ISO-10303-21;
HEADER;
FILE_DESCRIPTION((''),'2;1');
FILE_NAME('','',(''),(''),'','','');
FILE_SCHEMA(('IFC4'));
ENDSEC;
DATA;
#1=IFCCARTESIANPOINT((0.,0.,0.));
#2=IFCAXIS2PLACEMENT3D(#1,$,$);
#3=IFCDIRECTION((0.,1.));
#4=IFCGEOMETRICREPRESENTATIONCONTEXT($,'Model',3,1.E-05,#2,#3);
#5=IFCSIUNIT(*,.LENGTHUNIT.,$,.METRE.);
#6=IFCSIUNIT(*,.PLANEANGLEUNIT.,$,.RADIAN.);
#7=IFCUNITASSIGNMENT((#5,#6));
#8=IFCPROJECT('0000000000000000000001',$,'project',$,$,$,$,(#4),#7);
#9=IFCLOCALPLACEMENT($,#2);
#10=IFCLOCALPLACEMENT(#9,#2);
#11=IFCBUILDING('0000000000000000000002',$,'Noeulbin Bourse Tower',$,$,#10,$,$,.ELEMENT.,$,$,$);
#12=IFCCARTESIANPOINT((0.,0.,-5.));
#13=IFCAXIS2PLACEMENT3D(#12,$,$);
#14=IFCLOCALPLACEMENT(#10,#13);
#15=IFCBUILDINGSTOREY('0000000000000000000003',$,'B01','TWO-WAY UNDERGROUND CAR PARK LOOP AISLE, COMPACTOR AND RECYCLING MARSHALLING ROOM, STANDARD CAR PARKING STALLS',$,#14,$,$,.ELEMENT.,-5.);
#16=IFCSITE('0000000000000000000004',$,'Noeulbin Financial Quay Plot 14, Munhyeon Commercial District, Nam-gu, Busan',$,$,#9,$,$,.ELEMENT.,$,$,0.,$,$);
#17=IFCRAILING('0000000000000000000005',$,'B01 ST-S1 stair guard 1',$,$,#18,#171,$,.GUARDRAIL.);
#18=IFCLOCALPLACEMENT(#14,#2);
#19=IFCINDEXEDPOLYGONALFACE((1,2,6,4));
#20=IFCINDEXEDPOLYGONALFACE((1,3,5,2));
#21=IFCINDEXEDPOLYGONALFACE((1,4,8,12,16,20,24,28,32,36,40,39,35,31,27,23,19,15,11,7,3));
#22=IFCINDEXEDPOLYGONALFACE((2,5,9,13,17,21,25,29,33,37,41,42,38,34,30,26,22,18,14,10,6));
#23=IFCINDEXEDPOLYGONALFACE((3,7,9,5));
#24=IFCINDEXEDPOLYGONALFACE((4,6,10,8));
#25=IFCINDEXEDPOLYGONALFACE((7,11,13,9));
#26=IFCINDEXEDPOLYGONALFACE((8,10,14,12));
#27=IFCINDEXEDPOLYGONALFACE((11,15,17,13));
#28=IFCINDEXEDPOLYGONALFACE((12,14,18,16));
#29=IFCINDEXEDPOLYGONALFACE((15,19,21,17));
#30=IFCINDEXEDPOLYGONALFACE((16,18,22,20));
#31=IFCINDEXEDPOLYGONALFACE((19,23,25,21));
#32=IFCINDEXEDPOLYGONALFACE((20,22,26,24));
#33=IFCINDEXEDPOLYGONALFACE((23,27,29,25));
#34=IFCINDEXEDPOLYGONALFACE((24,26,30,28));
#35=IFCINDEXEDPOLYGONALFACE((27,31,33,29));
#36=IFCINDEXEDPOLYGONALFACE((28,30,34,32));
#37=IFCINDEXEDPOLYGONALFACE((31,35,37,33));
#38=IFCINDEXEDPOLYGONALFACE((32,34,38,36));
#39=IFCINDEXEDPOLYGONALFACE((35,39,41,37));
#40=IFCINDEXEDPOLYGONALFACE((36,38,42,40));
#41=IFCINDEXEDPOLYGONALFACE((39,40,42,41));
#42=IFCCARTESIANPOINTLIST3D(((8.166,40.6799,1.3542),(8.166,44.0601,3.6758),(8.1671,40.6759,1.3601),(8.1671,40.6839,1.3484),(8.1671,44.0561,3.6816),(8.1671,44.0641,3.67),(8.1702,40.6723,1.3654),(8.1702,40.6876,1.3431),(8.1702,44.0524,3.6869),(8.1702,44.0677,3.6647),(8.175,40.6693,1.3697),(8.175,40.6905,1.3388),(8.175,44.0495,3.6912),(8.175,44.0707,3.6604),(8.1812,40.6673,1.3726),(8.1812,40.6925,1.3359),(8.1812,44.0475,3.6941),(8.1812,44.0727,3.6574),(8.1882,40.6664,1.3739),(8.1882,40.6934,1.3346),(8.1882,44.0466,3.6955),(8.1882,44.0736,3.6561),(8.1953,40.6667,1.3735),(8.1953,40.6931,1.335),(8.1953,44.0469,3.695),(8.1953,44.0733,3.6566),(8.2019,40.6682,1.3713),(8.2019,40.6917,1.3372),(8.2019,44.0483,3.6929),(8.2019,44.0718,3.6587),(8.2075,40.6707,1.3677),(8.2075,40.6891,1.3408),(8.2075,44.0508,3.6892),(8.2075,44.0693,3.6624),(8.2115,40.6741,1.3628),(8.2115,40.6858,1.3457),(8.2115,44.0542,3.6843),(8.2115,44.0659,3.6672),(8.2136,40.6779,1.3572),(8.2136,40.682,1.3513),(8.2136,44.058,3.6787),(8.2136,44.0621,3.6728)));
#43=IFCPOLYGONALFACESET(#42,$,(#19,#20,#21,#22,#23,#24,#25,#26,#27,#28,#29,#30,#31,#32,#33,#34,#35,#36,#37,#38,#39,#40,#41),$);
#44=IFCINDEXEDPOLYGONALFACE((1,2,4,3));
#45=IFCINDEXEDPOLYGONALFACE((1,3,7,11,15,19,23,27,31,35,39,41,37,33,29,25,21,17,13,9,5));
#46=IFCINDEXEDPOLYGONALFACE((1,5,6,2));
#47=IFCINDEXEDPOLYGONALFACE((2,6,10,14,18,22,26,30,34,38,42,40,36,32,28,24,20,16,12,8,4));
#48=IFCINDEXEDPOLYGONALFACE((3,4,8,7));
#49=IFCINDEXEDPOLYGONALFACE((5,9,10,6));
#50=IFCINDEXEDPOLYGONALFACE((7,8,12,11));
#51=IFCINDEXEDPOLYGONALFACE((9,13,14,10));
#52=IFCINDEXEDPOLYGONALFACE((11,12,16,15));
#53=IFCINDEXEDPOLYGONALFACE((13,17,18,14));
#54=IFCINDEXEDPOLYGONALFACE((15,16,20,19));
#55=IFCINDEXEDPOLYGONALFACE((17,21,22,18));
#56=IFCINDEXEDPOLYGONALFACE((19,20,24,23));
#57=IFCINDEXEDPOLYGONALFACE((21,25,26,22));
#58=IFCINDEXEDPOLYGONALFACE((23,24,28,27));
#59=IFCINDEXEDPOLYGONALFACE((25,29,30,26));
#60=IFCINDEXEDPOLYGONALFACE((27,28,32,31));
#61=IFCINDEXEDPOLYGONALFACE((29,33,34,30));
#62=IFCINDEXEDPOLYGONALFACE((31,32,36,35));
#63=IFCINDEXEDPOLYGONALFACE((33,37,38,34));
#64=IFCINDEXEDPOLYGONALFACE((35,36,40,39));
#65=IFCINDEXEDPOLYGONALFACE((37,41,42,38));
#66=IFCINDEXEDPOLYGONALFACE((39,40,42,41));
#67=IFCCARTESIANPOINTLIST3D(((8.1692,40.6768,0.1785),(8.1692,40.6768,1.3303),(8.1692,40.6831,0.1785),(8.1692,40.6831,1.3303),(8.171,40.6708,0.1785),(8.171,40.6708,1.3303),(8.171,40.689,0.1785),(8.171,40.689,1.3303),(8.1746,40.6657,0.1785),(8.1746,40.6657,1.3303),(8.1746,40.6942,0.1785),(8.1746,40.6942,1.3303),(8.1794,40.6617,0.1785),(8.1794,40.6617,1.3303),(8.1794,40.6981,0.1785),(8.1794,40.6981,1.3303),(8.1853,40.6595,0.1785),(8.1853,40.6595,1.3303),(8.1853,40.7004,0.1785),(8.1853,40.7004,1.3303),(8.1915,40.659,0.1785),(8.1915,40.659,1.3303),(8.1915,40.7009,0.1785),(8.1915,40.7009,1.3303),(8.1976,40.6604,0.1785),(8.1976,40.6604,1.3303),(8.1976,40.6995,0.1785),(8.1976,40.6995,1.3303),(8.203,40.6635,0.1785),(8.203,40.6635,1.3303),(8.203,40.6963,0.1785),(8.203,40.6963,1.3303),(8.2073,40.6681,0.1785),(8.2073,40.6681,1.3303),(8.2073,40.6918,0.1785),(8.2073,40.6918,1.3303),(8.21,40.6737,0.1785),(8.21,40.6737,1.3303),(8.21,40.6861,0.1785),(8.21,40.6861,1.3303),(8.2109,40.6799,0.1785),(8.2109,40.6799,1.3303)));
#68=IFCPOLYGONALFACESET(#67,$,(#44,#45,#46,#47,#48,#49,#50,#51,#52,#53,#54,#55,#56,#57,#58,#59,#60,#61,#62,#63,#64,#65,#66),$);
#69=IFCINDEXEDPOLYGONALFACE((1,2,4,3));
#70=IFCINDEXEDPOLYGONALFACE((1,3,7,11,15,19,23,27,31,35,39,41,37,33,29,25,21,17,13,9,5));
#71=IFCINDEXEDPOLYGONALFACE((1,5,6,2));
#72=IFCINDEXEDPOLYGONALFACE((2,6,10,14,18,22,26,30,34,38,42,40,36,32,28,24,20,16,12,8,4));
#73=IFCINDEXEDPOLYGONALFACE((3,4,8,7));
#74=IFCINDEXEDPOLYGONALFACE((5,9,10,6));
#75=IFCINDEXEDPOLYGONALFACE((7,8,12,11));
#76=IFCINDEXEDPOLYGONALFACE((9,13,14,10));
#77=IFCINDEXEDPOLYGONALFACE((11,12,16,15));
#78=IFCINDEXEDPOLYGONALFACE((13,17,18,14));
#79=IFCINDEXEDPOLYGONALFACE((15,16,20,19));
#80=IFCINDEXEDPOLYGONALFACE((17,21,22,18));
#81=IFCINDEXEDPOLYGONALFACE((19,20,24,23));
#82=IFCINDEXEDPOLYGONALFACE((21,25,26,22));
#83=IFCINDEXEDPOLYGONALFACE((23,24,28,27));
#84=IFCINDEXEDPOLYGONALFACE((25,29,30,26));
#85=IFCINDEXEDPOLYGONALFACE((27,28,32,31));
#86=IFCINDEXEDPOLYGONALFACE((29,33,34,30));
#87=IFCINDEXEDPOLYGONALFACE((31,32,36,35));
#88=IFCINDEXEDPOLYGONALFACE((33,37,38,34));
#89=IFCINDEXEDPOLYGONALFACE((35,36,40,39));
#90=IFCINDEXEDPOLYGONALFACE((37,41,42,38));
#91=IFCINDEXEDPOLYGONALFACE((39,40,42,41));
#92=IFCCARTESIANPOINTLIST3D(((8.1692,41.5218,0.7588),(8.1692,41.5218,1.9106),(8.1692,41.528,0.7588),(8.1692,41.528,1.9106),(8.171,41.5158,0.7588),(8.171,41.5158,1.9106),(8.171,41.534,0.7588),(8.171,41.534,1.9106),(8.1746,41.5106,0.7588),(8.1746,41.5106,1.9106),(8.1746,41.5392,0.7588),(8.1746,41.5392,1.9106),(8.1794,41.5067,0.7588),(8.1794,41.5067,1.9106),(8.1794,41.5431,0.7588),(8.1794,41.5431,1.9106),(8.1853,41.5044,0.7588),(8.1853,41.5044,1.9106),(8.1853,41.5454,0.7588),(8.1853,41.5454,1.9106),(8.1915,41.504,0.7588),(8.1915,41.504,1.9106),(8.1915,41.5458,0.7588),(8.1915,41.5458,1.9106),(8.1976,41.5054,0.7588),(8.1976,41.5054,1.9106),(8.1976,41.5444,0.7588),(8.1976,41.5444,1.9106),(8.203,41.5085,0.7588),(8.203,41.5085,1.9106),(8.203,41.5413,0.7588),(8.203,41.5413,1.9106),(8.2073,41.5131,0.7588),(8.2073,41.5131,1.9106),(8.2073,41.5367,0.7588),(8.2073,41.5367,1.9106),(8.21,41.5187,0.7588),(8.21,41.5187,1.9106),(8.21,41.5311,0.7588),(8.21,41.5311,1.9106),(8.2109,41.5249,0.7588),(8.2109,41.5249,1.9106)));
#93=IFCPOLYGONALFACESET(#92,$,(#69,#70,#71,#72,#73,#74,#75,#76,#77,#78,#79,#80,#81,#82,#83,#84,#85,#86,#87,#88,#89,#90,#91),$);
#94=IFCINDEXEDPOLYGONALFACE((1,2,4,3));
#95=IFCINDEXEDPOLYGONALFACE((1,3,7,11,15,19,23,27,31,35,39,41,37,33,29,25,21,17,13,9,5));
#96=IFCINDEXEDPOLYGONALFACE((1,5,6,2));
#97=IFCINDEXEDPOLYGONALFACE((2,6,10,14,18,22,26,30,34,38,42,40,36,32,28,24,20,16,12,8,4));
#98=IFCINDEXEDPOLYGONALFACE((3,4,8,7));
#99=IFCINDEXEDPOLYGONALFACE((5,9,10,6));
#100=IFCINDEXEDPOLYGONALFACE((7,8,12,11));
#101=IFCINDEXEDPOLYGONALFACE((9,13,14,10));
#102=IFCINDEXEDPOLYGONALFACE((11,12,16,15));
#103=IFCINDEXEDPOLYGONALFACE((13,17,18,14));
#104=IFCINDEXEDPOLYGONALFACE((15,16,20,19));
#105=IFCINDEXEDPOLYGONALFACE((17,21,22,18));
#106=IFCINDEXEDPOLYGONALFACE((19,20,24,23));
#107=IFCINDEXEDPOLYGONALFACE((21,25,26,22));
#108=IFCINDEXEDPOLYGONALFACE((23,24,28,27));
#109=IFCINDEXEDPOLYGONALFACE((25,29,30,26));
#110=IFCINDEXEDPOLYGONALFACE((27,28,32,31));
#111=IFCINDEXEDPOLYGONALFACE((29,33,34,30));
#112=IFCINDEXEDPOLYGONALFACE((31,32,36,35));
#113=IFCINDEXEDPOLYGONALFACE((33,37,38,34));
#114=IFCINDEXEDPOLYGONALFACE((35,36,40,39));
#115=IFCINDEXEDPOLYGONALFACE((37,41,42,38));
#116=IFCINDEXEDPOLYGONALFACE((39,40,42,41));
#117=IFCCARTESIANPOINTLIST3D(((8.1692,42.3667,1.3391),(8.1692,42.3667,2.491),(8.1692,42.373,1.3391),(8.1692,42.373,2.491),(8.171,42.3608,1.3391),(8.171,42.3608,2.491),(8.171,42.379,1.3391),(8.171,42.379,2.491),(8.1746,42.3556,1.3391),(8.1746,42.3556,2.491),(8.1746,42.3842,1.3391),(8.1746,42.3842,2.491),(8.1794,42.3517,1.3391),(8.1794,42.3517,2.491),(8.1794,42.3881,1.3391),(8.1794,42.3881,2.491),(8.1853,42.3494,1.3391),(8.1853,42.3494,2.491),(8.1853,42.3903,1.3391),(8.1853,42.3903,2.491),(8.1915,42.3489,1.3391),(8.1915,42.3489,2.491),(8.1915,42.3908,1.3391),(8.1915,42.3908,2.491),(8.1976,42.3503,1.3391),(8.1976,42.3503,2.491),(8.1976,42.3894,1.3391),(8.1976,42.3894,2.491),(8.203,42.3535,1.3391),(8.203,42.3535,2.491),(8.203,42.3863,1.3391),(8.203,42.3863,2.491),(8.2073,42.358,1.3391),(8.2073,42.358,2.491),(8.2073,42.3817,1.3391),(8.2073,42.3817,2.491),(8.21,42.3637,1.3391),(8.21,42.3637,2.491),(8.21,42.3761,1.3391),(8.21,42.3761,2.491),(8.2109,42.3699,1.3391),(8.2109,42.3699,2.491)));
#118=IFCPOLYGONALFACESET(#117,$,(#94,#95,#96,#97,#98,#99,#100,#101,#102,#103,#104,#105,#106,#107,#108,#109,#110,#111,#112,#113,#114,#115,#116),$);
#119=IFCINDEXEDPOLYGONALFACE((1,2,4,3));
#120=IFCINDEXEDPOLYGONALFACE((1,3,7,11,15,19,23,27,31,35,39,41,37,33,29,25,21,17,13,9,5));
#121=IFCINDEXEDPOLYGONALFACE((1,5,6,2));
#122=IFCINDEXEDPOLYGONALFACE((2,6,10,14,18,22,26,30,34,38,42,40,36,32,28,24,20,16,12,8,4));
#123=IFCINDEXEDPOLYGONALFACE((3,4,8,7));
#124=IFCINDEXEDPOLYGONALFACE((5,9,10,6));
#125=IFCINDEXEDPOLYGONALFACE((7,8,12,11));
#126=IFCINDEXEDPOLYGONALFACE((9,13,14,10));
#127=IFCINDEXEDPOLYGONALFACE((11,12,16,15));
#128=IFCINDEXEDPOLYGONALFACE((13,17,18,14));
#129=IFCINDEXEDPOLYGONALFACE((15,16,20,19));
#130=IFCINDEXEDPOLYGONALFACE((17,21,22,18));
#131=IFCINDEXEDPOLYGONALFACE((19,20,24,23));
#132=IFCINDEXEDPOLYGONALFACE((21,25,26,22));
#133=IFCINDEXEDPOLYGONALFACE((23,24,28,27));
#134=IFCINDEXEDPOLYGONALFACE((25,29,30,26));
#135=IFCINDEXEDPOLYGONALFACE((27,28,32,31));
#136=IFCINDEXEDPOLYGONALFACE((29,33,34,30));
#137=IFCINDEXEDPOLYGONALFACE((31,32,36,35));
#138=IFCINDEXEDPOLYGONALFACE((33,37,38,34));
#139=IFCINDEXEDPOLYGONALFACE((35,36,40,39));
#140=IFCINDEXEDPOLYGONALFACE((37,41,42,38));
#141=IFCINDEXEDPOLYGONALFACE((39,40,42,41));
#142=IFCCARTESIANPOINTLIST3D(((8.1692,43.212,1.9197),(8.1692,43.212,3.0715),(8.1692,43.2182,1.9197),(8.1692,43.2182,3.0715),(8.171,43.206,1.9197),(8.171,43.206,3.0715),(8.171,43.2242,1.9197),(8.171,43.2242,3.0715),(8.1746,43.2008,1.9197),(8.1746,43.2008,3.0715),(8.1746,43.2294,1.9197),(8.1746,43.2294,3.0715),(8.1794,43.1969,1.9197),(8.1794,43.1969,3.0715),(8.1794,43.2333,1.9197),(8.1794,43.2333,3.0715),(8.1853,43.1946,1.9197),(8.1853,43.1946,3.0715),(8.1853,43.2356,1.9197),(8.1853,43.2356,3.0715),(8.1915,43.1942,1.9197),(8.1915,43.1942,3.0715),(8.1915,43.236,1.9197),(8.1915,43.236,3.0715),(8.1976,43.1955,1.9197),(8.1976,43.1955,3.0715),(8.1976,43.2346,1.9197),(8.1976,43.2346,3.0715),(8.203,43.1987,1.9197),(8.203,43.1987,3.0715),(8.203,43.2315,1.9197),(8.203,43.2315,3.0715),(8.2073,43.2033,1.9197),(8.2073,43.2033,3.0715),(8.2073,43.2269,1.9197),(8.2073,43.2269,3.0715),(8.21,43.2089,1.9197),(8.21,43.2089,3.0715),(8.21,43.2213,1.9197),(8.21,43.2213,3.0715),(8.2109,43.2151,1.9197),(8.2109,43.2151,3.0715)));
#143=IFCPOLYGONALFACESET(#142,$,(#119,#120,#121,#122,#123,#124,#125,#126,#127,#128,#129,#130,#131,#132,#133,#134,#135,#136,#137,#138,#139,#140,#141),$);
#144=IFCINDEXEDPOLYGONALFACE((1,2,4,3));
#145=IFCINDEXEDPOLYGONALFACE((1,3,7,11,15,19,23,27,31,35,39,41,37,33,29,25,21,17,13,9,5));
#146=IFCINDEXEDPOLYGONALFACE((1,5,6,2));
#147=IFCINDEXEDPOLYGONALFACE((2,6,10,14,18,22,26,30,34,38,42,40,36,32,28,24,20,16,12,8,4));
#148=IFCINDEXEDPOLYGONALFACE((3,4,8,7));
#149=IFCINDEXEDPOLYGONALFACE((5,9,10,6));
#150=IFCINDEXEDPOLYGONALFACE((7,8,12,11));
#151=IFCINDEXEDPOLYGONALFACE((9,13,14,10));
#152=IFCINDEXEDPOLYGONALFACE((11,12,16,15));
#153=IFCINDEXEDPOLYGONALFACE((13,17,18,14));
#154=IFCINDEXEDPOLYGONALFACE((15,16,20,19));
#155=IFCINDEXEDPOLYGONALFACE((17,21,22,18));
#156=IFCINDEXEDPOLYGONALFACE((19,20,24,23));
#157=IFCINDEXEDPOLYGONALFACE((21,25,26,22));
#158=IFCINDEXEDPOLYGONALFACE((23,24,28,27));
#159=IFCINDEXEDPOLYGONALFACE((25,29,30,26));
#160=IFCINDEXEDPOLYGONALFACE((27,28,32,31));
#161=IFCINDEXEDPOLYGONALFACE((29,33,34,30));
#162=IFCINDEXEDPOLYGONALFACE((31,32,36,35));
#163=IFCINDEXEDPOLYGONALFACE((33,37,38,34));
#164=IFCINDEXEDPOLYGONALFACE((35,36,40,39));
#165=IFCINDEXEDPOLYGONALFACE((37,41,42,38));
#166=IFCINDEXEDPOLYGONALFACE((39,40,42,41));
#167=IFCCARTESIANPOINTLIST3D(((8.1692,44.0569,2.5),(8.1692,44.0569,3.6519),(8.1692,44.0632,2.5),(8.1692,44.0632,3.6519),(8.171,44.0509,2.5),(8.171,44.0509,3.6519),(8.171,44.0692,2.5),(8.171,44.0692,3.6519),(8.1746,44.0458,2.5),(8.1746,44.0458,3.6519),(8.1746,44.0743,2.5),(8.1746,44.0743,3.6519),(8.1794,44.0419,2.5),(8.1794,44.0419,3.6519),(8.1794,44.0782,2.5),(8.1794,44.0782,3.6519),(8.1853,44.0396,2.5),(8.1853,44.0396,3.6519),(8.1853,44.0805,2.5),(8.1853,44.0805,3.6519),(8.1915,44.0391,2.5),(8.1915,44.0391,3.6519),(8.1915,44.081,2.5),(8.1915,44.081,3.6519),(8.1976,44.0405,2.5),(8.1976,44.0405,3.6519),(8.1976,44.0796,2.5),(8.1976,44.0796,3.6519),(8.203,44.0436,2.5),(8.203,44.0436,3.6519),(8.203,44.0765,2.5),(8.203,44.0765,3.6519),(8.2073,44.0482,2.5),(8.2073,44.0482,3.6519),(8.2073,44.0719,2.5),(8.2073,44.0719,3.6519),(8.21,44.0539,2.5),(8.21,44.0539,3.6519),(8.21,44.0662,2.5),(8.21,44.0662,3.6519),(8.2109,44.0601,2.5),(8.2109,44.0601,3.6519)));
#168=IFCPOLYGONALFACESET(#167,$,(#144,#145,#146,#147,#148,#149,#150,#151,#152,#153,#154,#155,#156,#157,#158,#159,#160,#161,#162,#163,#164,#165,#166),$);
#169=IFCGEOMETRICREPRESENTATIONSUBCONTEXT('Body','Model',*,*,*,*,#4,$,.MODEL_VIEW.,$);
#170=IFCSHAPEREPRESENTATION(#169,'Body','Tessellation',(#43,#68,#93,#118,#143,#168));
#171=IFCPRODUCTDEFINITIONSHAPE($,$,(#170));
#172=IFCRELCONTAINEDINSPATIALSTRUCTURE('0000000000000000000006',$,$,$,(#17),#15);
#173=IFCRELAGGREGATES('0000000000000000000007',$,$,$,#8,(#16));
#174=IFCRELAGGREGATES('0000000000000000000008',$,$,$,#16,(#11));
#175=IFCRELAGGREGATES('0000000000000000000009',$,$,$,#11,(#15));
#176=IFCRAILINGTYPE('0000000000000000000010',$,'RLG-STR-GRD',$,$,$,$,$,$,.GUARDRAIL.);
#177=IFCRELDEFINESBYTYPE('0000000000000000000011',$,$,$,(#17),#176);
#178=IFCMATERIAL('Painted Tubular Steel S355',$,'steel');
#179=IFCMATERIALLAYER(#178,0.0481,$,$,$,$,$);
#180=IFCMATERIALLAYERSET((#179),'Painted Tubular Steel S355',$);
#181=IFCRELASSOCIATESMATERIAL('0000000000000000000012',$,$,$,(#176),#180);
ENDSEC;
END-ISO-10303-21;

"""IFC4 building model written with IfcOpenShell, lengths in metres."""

from ifc_helpers import new_model, si_unit, direction, frame, origin, origin_2d, place, context, subcontext, project, spatial, circle, extrude, material, layer, layer_set, type_object, element, save


model = new_model("IFC4")

# Units and contexts
model_context = context("Model", 3, precision=1e-05, world=origin(), true_north=direction((0.0, 1.0)))
body_context = subcontext(model_context, "Body", "Model", "MODEL_VIEW")
ifc_project = project(units=[si_unit("LENGTHUNIT", "METRE"), si_unit("PLANEANGLEUNIT", "RADIAN")], contexts=[model_context])

# Site, building, storey
site_placement = place(None, origin())
site = spatial("IfcSite", under=ifc_project, at=site_placement, Name="Noeulbin Financial Quay Plot 14, Munhyeon Commercial District, Nam-gu, Busan", CompositionType="ELEMENT", RefElevation=0.0)
building_placement = place(site_placement, origin())
building = spatial("IfcBuilding", under=site, at=building_placement, Name="Noeulbin Bourse Tower", CompositionType="ELEMENT")
storey_placement = place(building_placement, frame((0.0, 0.0, -5.0)))
storey = spatial("IfcBuildingStorey", under=building, at=storey_placement, Name="B01", Description="TWO-WAY UNDERGROUND CAR PARK LOOP AISLE, COMPACTOR AND RECYCLING MARSHALLING ROOM, STANDARD CAR PARKING STALLS", CompositionType="ELEMENT", Elevation=-5.0)

# Railing
ifc_material_1 = material(Name="Painted Tubular Steel S355", Category="steel")
ifc_layer_1 = layer(ifc_material_1, 0.0481)
ifc_layer_set_1 = layer_set([ifc_layer_1], Name="Painted Tubular Steel S355")
railing_type_1 = type_object("IfcRailingType", Name="RLG-STR-GRD", PredefinedType="GUARDRAIL", material=ifc_layer_set_1)
railing_1_placement = place(storey_placement, frame((8.1899, 40.6799, 0.1785)))
element("IfcRailing", 1, at=railing_1_placement, inside=storey, type_object=railing_type_1, Name="B01 ST-S1 stair guard 1", PredefinedType="GUARDRAIL", context=body_context, shape_type="SweptSolid", body=[
    extrude(circle(Radius=0.0239, at=origin_2d()), frame((0.0, 0.0, 1.1758), z_axis=(0.0, 0.824304, 0.566147), x_axis=(-1.0, 0.0, 0.0)), (0.0, 0.0, 1.0), 4.1006),
    extrude(circle(Radius=0.021, at=origin_2d()), origin(), (0.0, 0.0, 1.0), 1.1519),
    extrude(circle(Radius=0.021, at=origin_2d()), frame((0.0, 0.845, 0.5803)), (0.0, 0.0, 1.0), 1.1519),
    extrude(circle(Radius=0.021, at=origin_2d()), frame((0.0, 1.6899, 1.1606)), (0.0, 0.0, 1.0), 1.1519),
    extrude(circle(Radius=0.021, at=origin_2d()), frame((0.0, 2.5352, 1.7412)), (0.0, 0.0, 1.0), 1.1519),
    extrude(circle(Radius=0.021, at=origin_2d()), frame((0.0, 3.3801, 2.3215)), (0.0, 0.0, 1.0), 1.1519),
])

save(model, "model.ifc")
